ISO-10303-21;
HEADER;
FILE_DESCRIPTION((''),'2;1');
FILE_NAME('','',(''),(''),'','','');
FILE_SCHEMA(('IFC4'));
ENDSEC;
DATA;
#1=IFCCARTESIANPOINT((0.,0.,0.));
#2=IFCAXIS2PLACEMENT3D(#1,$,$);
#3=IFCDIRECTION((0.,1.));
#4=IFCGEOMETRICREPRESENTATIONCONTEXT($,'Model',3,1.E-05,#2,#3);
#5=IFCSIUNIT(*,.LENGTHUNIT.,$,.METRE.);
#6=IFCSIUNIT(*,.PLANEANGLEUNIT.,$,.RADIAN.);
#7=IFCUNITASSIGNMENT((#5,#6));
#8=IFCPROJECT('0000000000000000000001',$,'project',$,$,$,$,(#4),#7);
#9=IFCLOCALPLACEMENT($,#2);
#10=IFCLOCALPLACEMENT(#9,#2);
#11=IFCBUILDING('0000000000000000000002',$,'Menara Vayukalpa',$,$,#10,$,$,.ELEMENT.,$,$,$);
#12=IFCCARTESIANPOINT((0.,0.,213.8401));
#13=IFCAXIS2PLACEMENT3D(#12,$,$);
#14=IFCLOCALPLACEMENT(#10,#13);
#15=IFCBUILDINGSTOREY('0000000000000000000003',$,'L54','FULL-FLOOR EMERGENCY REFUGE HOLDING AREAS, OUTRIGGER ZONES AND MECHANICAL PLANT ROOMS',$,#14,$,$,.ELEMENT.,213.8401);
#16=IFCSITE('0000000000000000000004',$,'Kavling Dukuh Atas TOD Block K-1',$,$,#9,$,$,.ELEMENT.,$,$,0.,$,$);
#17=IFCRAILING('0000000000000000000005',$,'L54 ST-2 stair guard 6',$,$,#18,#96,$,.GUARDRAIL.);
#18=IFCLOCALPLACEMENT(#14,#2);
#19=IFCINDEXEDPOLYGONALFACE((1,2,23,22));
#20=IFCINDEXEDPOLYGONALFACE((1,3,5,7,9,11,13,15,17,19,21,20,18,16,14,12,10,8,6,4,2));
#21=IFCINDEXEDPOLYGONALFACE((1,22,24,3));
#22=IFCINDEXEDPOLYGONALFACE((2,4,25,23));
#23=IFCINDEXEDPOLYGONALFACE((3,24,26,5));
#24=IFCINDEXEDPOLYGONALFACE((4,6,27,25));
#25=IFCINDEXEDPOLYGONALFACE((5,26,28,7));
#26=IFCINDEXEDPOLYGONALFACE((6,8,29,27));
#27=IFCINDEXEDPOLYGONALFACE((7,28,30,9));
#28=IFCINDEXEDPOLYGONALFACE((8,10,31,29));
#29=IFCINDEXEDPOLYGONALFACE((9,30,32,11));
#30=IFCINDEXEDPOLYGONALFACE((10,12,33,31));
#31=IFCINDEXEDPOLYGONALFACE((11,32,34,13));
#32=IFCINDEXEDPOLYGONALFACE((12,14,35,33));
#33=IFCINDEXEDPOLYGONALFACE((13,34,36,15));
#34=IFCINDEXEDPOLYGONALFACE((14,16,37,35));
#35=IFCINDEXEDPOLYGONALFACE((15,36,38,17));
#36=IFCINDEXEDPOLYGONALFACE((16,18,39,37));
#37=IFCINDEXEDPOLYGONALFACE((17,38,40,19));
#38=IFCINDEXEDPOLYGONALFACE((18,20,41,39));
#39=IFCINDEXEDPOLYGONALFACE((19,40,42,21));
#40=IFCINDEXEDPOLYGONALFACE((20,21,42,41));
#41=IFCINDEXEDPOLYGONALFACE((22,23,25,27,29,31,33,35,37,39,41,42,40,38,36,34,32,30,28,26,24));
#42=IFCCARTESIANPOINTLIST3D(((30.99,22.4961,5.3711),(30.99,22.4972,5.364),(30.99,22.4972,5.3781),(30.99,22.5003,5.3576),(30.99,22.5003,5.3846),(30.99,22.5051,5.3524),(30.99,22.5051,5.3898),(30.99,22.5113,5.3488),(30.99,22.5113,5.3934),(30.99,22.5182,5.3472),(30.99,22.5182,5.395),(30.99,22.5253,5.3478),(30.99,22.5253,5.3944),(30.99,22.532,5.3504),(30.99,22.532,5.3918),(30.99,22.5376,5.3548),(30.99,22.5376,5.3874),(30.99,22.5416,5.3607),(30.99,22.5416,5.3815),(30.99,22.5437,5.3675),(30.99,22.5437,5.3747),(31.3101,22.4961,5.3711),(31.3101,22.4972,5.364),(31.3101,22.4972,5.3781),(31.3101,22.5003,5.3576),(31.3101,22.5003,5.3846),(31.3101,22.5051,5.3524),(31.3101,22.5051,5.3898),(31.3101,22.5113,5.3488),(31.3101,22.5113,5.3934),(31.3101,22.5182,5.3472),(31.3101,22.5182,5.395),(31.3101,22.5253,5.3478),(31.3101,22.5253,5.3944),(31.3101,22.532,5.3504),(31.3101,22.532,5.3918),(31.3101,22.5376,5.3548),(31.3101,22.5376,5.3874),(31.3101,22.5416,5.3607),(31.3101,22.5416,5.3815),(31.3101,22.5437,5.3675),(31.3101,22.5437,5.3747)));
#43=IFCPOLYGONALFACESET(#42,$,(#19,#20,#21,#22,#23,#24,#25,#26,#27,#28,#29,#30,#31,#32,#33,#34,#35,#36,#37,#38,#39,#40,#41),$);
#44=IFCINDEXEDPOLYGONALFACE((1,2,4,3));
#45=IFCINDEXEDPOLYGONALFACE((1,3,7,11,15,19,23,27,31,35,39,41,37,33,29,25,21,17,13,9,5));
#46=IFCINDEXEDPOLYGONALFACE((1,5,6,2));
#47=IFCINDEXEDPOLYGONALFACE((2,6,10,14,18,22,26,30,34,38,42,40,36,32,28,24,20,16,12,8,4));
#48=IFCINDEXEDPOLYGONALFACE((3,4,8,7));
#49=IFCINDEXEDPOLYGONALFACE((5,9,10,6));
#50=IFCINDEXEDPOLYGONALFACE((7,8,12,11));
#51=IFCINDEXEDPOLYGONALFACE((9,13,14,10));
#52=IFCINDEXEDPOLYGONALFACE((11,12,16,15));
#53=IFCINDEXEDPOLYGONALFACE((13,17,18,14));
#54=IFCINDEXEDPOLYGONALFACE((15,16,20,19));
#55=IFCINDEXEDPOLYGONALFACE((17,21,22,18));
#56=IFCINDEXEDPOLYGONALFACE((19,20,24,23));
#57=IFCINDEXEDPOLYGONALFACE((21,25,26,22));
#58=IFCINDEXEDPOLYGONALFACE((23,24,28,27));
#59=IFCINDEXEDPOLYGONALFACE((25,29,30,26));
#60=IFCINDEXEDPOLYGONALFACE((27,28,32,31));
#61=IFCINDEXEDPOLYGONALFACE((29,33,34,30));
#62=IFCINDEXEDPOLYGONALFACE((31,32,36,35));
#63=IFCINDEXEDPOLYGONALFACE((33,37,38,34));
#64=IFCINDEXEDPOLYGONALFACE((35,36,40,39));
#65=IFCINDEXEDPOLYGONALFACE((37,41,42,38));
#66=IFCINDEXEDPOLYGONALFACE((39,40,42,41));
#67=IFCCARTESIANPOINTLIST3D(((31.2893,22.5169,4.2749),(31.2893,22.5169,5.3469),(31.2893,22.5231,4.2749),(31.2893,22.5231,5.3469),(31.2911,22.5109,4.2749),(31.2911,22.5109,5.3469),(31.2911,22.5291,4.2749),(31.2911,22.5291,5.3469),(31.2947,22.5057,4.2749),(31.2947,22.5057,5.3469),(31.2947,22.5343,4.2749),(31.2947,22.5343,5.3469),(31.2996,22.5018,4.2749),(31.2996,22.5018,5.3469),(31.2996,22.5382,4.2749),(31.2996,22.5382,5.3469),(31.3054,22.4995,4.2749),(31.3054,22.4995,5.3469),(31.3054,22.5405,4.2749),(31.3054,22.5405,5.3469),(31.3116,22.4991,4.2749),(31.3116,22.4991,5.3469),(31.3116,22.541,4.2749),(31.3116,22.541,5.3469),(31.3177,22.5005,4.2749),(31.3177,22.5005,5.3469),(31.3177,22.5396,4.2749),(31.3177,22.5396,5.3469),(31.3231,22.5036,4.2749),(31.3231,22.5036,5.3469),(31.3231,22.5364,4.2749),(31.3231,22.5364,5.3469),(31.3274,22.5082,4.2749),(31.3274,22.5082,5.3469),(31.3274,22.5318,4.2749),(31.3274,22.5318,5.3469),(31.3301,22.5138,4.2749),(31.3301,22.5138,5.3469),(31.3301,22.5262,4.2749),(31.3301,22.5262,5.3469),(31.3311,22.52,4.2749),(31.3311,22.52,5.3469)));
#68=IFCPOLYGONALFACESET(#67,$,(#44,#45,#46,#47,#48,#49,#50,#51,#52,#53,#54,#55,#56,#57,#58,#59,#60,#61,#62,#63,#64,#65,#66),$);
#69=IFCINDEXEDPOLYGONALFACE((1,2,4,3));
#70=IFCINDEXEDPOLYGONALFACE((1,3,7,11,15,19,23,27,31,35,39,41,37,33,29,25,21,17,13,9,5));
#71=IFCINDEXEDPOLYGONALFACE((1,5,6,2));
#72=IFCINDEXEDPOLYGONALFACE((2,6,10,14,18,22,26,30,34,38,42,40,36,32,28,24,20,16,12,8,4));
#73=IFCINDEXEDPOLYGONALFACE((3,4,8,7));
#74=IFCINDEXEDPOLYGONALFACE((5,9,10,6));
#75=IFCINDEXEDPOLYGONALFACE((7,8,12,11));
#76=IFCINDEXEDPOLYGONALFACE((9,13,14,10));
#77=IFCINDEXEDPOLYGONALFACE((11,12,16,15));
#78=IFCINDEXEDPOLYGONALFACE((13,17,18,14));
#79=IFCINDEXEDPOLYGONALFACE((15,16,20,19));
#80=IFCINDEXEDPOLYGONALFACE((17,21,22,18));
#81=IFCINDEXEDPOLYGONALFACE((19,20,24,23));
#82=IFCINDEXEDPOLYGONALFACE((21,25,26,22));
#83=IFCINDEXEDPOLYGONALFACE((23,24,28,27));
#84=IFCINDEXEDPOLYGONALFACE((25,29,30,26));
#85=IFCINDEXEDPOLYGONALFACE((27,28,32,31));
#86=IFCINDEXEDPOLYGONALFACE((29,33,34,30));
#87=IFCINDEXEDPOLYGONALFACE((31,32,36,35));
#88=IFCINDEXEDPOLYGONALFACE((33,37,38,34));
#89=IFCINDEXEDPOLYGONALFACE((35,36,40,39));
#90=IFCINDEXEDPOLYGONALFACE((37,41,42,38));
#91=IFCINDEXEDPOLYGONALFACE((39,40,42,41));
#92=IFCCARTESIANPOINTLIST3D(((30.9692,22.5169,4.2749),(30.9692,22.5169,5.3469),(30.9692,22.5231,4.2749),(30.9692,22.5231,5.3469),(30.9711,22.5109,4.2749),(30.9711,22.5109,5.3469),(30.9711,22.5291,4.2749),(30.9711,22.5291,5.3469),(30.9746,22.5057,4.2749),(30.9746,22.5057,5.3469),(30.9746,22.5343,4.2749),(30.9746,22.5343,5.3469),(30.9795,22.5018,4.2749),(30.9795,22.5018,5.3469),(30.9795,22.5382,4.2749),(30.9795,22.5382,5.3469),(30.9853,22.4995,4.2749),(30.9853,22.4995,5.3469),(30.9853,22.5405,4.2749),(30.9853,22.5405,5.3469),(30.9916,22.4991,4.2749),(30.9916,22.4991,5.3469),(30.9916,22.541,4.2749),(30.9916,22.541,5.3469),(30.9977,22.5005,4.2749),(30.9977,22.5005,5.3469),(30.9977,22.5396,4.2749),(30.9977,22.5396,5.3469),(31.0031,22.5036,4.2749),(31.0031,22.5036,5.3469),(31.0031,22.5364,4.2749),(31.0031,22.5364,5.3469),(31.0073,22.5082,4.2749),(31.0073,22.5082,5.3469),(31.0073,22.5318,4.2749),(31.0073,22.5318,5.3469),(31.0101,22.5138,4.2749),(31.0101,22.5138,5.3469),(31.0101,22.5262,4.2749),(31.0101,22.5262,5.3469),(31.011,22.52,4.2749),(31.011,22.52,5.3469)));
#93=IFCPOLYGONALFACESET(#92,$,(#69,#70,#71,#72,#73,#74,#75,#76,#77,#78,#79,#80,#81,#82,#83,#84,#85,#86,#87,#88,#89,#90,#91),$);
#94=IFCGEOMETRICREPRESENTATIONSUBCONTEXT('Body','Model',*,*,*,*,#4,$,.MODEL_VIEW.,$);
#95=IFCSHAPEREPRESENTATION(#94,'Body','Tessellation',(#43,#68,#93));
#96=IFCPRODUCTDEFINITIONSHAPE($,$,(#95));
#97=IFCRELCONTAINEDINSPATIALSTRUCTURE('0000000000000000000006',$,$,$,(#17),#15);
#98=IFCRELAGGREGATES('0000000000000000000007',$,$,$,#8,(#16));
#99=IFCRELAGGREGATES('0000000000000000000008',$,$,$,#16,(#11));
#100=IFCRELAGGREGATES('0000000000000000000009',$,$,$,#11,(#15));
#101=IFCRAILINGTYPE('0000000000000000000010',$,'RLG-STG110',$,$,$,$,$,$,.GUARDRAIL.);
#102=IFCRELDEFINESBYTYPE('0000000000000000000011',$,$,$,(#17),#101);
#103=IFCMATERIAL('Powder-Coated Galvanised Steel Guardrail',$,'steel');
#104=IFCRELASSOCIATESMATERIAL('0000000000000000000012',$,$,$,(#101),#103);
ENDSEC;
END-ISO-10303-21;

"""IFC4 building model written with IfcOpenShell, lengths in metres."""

from ifc_helpers import new_model, si_unit, direction, frame, origin, origin_2d, place, context, subcontext, project, spatial, circle, extrude, material, type_object, element, save


model = new_model("IFC4")

# Units and contexts
model_context = context("Model", 3, precision=1e-05, world=origin(), true_north=direction((0.0, 1.0)))
body_context = subcontext(model_context, "Body", "Model", "MODEL_VIEW")
ifc_project = project(units=[si_unit("LENGTHUNIT", "METRE"), si_unit("PLANEANGLEUNIT", "RADIAN")], contexts=[model_context])

# Site, building, storey
site_placement = place(None, origin())
site = spatial("IfcSite", under=ifc_project, at=site_placement, Name="Kavling Dukuh Atas TOD Block K-1", CompositionType="ELEMENT", RefElevation=0.0)
building_placement = place(site_placement, origin())
building = spatial("IfcBuilding", under=site, at=building_placement, Name="Menara Vayukalpa", CompositionType="ELEMENT")
storey_placement = place(building_placement, frame((0.0, 0.0, 213.8401)))
storey = spatial("IfcBuildingStorey", under=building, at=storey_placement, Name="L54", Description="FULL-FLOOR EMERGENCY REFUGE HOLDING AREAS, OUTRIGGER ZONES AND MECHANICAL PLANT ROOMS", CompositionType="ELEMENT", Elevation=213.8401)

# Railing
ifc_material_1 = material(Name="Powder-Coated Galvanised Steel Guardrail", Category="steel")
railing_type_1 = type_object("IfcRailingType", Name="RLG-STG110", PredefinedType="GUARDRAIL", material=ifc_material_1)
railing_1_placement = place(storey_placement, frame((31.3101, 22.52, 4.2749)))
element("IfcRailing", 1, at=railing_1_placement, inside=storey, type_object=railing_type_1, Name="L54 ST-2 stair guard 6", PredefinedType="GUARDRAIL", context=body_context, shape_type="SweptSolid", body=[
    extrude(circle(Radius=0.0239, at=origin_2d()), frame((0.0, 0.0, 1.0962), z_axis=(-1.0, 0.0, 0.0), x_axis=(0.0, -1.0, 0.0)), (0.0, 0.0, 1.0), 0.3201),
    extrude(circle(Radius=0.021, at=origin_2d()), origin(), (0.0, 0.0, 1.0), 1.072),
    extrude(circle(Radius=0.021, at=origin_2d()), frame((-0.3201, 0.0, 0.0)), (0.0, 0.0, 1.0), 1.072),
])

save(model, "model.ifc")
